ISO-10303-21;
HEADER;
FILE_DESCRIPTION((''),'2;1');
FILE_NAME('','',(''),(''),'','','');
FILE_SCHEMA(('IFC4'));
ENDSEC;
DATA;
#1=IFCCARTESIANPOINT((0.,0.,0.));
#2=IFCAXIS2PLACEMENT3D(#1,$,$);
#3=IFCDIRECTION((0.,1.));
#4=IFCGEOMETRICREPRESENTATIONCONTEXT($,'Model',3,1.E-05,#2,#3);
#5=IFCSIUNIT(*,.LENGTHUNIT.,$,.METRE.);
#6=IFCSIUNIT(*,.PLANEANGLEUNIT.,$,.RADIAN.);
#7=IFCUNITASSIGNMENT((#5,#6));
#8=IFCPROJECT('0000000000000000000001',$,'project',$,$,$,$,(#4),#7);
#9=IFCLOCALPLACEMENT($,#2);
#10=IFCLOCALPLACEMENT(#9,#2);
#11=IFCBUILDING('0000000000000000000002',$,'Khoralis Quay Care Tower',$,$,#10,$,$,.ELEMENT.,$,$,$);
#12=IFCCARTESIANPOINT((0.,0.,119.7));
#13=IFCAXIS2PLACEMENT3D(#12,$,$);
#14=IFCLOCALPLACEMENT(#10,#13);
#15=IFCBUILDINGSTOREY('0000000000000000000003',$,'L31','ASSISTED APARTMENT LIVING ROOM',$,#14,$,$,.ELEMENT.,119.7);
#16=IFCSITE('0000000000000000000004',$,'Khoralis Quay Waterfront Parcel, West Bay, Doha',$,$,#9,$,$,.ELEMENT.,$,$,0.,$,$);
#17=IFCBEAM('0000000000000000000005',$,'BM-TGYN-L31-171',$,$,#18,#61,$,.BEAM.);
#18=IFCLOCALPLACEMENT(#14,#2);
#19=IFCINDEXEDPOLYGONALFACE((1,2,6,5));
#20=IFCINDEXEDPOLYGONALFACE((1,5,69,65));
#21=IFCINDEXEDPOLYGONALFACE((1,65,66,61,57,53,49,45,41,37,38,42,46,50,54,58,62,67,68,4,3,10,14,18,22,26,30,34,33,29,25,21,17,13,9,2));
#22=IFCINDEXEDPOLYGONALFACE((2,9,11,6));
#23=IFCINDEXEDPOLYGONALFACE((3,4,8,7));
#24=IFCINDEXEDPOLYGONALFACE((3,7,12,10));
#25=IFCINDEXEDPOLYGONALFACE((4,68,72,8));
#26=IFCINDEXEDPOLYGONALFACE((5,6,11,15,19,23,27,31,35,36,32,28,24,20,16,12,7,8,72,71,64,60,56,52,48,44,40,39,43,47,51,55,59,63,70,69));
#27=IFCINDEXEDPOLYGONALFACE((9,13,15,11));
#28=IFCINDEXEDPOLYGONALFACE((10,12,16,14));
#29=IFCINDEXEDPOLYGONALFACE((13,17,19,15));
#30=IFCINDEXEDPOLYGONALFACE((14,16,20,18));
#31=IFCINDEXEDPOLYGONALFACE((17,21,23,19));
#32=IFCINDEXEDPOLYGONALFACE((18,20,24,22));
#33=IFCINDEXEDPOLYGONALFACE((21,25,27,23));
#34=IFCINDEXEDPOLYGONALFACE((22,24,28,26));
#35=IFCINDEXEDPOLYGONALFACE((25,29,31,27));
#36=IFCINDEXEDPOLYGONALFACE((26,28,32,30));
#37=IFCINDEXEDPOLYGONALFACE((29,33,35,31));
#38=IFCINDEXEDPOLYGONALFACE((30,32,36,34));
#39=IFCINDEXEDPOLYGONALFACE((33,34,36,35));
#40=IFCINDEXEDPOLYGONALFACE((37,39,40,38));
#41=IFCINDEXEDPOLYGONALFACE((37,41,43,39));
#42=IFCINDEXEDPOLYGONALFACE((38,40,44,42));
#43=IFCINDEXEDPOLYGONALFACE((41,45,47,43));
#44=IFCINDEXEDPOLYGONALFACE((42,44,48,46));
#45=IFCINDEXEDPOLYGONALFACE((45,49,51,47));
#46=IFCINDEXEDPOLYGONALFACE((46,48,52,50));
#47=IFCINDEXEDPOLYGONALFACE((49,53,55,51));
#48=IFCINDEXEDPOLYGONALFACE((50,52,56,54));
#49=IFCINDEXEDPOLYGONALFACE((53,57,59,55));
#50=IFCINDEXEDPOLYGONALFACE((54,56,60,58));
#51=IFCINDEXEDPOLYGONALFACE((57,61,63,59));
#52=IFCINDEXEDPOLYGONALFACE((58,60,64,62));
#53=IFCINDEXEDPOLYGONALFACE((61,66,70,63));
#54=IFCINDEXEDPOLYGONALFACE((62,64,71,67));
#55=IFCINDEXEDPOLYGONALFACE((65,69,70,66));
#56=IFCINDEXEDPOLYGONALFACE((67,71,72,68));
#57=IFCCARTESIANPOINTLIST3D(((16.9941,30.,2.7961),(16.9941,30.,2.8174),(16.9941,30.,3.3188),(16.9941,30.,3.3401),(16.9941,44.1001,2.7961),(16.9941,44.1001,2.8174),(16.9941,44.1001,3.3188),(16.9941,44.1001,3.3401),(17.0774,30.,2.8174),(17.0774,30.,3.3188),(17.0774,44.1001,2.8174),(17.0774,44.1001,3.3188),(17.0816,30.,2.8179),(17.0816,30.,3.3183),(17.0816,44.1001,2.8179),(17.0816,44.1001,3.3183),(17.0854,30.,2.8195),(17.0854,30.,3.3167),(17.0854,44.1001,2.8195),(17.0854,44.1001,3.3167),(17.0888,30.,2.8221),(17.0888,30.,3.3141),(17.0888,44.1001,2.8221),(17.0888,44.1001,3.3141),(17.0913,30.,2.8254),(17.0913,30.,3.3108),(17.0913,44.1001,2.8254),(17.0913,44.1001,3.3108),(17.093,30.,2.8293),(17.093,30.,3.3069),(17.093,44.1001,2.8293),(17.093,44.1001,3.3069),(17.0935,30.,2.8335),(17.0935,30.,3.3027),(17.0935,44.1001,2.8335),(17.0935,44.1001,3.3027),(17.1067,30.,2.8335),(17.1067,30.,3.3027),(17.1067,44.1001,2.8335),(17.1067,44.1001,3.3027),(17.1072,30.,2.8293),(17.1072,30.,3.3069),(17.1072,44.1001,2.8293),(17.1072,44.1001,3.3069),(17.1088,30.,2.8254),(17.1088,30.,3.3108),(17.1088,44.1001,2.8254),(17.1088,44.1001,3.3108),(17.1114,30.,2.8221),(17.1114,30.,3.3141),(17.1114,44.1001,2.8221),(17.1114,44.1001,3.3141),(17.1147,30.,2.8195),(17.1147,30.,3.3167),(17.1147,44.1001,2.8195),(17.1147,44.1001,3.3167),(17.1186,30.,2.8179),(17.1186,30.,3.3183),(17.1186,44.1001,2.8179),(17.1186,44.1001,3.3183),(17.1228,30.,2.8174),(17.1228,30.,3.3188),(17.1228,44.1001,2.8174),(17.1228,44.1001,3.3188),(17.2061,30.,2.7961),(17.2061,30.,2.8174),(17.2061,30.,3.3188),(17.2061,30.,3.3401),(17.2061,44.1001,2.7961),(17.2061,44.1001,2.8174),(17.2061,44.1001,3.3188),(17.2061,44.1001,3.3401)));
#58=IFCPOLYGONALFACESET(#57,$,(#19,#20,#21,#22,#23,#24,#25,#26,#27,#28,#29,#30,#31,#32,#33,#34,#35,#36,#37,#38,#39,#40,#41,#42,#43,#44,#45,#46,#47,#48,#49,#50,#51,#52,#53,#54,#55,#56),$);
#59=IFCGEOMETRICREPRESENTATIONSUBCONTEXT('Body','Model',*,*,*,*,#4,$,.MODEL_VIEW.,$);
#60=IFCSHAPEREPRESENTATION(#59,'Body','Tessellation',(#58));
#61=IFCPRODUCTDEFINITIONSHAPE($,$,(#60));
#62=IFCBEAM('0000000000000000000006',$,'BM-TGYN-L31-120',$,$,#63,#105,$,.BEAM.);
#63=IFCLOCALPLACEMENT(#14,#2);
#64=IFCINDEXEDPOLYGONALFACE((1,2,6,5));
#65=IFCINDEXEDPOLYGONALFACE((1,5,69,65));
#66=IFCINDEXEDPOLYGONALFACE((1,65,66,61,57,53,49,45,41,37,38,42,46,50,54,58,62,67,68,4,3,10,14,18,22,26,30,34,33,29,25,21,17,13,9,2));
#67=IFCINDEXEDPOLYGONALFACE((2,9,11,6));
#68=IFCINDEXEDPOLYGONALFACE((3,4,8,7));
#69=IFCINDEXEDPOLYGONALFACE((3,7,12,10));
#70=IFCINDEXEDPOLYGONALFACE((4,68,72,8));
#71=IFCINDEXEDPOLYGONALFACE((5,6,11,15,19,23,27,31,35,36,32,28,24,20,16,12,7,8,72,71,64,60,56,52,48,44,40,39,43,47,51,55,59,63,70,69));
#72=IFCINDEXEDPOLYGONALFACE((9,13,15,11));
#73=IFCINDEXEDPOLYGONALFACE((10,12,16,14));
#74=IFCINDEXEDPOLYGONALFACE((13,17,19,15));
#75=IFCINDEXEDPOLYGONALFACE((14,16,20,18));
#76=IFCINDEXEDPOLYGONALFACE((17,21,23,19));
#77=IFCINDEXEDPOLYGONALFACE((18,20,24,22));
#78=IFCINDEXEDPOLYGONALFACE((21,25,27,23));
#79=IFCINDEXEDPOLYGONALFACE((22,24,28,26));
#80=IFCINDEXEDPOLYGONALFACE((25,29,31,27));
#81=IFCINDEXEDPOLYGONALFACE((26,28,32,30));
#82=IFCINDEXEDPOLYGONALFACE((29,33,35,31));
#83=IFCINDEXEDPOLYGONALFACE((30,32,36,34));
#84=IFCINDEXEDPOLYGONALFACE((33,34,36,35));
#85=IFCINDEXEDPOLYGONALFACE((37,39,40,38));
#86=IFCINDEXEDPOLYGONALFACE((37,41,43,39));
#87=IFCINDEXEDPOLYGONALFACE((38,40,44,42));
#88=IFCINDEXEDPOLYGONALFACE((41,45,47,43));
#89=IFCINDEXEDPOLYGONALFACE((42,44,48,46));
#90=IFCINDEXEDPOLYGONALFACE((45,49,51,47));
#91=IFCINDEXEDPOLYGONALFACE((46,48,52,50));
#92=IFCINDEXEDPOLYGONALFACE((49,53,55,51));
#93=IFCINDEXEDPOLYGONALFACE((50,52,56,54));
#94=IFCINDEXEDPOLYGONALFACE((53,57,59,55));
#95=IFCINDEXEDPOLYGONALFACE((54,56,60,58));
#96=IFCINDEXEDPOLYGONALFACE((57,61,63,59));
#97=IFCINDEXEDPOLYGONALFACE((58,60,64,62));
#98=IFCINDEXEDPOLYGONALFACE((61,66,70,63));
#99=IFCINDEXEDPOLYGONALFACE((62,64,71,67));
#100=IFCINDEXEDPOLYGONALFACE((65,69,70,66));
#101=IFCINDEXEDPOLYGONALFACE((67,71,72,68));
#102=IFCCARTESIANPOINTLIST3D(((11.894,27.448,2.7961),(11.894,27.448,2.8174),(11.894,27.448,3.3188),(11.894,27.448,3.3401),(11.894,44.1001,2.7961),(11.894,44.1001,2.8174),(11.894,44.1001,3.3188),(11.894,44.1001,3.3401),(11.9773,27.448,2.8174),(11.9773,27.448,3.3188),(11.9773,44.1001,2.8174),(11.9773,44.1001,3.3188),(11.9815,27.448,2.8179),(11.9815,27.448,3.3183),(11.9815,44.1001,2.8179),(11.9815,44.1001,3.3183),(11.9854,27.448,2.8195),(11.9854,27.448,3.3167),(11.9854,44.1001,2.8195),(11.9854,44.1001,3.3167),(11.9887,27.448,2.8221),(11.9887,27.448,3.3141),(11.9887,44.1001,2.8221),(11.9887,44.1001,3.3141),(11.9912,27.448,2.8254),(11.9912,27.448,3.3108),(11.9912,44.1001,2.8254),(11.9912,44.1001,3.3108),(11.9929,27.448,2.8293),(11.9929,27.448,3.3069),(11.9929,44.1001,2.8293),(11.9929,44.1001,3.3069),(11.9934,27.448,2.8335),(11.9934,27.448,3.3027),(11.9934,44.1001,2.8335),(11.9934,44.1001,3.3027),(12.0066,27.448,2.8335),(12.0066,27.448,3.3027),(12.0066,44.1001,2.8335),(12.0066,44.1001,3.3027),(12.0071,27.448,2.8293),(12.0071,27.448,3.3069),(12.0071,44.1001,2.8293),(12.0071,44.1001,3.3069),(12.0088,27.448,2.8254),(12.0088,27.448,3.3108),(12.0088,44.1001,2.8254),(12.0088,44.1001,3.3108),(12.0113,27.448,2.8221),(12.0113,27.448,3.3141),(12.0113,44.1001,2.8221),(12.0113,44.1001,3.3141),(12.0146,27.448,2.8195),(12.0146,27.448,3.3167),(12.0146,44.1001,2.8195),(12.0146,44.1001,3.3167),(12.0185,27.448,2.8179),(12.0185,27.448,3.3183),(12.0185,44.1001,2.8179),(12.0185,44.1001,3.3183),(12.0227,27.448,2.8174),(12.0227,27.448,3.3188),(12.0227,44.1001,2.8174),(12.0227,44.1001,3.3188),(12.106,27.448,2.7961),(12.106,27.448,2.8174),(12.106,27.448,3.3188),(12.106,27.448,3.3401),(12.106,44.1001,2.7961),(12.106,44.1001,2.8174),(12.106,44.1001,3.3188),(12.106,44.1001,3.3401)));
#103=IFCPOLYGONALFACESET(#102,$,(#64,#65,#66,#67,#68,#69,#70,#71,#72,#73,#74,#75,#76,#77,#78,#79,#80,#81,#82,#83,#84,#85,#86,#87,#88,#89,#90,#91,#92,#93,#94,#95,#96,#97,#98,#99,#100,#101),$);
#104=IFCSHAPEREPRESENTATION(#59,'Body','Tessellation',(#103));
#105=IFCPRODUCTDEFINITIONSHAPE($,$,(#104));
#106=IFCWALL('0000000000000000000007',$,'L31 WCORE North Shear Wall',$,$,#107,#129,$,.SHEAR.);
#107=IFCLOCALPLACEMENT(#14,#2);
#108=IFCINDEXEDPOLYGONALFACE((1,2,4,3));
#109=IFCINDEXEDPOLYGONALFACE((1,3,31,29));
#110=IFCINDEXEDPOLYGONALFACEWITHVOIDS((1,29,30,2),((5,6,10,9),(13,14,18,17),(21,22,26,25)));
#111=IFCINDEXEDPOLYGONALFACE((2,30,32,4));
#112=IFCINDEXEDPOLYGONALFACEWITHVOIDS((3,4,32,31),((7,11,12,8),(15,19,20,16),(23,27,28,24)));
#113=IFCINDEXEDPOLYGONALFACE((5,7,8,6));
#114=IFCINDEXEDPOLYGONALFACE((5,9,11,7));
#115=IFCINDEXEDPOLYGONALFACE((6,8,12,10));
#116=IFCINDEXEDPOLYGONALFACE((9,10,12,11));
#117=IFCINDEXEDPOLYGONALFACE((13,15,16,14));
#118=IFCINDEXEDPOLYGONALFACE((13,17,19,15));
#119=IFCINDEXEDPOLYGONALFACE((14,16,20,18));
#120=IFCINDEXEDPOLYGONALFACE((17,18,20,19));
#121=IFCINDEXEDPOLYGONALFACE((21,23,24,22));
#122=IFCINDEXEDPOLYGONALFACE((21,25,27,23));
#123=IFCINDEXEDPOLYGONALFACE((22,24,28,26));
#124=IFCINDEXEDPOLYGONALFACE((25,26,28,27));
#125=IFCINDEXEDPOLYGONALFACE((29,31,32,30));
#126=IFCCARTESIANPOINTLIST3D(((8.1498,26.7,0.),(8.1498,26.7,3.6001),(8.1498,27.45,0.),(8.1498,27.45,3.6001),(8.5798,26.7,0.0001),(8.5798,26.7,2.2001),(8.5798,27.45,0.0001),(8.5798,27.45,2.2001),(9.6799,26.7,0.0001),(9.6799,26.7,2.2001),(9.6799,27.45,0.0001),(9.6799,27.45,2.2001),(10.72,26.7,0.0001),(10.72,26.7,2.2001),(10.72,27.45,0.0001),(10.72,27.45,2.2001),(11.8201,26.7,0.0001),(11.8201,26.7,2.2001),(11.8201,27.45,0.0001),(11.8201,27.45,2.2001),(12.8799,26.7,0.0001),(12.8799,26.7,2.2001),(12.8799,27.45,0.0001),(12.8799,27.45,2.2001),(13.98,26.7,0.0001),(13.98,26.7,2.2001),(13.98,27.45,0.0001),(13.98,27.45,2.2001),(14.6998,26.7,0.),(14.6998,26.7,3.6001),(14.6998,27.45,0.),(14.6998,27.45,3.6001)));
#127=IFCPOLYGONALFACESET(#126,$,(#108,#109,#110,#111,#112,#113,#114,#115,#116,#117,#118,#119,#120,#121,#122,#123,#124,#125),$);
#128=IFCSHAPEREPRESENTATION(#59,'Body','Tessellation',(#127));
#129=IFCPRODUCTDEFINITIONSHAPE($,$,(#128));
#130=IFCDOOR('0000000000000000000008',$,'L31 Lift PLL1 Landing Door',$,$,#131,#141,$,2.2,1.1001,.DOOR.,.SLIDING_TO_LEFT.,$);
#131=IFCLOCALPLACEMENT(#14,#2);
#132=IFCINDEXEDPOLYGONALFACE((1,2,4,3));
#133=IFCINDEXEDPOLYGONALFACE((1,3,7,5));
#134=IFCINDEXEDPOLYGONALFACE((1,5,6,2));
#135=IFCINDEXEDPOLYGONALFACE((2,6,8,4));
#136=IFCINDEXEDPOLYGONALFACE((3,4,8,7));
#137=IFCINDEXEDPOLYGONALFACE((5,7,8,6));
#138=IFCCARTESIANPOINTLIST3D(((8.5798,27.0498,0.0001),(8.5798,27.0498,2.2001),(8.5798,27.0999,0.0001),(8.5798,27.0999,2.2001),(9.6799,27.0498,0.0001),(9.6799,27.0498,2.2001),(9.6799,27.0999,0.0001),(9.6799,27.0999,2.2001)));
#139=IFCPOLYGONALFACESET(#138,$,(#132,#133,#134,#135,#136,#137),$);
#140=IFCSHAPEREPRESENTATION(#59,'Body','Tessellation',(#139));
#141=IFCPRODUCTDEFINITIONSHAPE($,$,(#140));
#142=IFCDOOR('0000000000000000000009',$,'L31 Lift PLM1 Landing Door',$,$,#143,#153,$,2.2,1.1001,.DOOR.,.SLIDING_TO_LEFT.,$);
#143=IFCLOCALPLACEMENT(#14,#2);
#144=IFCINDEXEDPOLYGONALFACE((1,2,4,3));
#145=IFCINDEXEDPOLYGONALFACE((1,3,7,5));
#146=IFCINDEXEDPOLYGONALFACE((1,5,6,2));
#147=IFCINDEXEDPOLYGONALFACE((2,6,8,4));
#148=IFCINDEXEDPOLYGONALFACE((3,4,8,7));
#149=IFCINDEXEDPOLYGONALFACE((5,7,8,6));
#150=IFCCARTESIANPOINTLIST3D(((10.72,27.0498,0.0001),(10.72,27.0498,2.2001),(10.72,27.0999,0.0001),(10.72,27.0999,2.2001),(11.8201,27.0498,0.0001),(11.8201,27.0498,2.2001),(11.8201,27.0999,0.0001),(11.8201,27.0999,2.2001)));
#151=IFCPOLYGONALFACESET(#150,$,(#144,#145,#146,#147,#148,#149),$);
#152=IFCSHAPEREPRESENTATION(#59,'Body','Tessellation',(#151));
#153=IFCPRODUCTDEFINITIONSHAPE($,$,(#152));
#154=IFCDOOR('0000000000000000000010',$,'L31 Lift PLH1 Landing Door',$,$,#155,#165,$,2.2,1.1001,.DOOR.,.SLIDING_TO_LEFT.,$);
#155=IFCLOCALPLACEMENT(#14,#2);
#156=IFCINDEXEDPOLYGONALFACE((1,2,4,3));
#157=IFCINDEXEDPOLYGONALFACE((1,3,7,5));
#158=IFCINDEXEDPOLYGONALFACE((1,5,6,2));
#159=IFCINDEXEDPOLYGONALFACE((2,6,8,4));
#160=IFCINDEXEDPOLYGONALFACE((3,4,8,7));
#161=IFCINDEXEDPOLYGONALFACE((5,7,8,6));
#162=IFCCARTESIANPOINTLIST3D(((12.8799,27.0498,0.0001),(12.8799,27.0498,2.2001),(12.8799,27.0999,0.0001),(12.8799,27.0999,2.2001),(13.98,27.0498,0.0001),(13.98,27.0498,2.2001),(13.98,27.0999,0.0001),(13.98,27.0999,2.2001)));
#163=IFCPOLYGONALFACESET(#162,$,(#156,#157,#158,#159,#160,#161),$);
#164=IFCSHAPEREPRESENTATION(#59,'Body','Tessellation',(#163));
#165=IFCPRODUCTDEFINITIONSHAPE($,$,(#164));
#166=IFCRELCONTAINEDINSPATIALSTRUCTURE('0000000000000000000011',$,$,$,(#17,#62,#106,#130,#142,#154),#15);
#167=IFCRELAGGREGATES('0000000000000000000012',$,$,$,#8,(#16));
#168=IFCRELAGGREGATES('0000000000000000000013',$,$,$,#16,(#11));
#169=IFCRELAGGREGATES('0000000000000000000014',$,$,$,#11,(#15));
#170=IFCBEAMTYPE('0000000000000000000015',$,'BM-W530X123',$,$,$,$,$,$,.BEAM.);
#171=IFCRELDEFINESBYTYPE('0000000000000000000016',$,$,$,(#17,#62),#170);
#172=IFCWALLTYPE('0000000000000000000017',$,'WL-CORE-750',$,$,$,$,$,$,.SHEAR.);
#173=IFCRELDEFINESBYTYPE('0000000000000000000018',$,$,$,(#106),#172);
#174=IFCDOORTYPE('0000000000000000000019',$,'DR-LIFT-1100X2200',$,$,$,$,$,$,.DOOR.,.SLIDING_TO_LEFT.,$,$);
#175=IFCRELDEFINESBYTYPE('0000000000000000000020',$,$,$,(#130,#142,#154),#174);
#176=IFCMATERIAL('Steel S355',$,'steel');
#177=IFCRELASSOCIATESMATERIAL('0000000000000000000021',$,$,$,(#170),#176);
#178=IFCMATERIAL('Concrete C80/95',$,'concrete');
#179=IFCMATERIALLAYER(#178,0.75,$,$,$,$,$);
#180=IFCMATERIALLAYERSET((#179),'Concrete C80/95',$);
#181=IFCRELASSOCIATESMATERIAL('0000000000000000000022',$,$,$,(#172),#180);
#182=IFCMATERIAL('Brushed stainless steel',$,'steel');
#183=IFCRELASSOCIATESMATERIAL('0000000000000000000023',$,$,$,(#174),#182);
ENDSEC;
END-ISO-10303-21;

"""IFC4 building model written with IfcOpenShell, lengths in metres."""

from ifc_helpers import new_model, si_unit, direction, frame, frame_2d, origin, origin_2d, place, context, subcontext, project, spatial, rectangle, i_section, extrude, source, transform, mapped, material, layer, layer_set, material_profile, profile_set, type_object, element, fill, save


model = new_model("IFC4")

# Units and contexts
model_context = context("Model", 3, precision=1e-05, world=origin(), true_north=direction((0.0, 1.0)))
body_context = subcontext(model_context, "Body", "Model", "MODEL_VIEW")
ifc_project = project(units=[si_unit("LENGTHUNIT", "METRE"), si_unit("PLANEANGLEUNIT", "RADIAN")], contexts=[model_context])

# Site, building, storey
site_placement = place(None, origin())
site = spatial("IfcSite", under=ifc_project, at=site_placement, Name="Khoralis Quay Waterfront Parcel, West Bay, Doha", CompositionType="ELEMENT", RefElevation=0.0)
building_placement = place(site_placement, origin())
building = spatial("IfcBuilding", under=site, at=building_placement, Name="Khoralis Quay Care Tower", CompositionType="ELEMENT")
storey_placement = place(building_placement, frame((0.0, 0.0, 119.7)))
storey = spatial("IfcBuildingStorey", under=building, at=storey_placement, Name="L31", Description="ASSISTED APARTMENT LIVING ROOM", CompositionType="ELEMENT", Elevation=119.7)

# Beams
ifc_material_1 = material(Name="Steel S355", Category="steel")
ifc_material_profile_1 = material_profile(ifc_material_1, i_section(OverallWidth=0.2119, OverallDepth=0.5439, WebThickness=0.0132, FlangeThickness=0.0212, FilletRadius=0.0161, at=origin_2d()), Name="Steel S355")
ifc_profile_set_1 = profile_set([ifc_material_profile_1], Name="Steel S355")
beam_type_1 = type_object("IfcBeamType", Name="BM-W530X123", PredefinedType="BEAM", material=ifc_profile_set_1)
shared_shape_1 = source(origin(), body_context, "Body", "SweptSolid", [
    extrude(i_section(OverallWidth=0.2119, OverallDepth=0.5439, WebThickness=0.0132, FlangeThickness=0.0212, FilletRadius=0.0161, at=origin_2d()), origin(), (0.0, 0.0, 1.0), 14.1001),
])
for number, where, z_axis, x_axis, name in (
    (1, (17.1001, 30.0, 3.0681), (0.0, 1.0, 0.0), (-1.0, 0.0, 0.0), "BM-TGYN-L31-171"),
):
    element("IfcBeam", number, at=place(storey_placement, frame(where, z_axis=z_axis, x_axis=x_axis)), inside=storey, type_object=beam_type_1, Name=name, PredefinedType="BEAM", context=body_context, shape_type="MappedRepresentation", body=[
        mapped(shared_shape_1, transform((0.0, 0.0, 0.0), scale=1.0)),
    ])
shared_shape_2 = source(origin(), body_context, "Body", "SweptSolid", [
    extrude(i_section(OverallWidth=0.2119, OverallDepth=0.5439, WebThickness=0.0132, FlangeThickness=0.0212, FilletRadius=0.0161, at=origin_2d()), origin(), (0.0, 0.0, 1.0), 16.6521),
])
beam_1_placement = place(storey_placement, frame((12.0, 27.448, 3.0681), z_axis=(0.0, 1.0, 0.0), x_axis=(-1.0, 0.0, 0.0)))
element("IfcBeam", 2, at=beam_1_placement, inside=storey, type_object=beam_type_1, Name="BM-TGYN-L31-120", PredefinedType="BEAM", context=body_context, shape_type="MappedRepresentation", body=[
    mapped(shared_shape_2, transform((0.0, 0.0, 0.0), scale=1.0)),
])

# Wall, openings, doors
ifc_material_2 = material(Name="Concrete C80/95", Category="concrete")
ifc_layer_1 = layer(ifc_material_2, 0.75)
ifc_layer_set_1 = layer_set([ifc_layer_1], Name="Concrete C80/95")
wall_type_1 = type_object("IfcWallType", Name="WL-CORE-750", PredefinedType="SHEAR", material=ifc_layer_set_1)
wall_1_placement = place(storey_placement, frame((8.1499, 27.075, 0.0), z_axis=(0.0, 0.0, 1.0), x_axis=(1.0, 0.0, 0.0)))
wall_1 = element("IfcWall", 3, at=wall_1_placement, inside=storey, type_object=wall_type_1, Name="L31 WCORE North Shear Wall", PredefinedType="SHEAR", context=body_context, shape_type="SweptSolid", body=[
    extrude(rectangle(XDim=6.55, YDim=0.75, at=frame_2d((3.2749, 0.0))), origin(), (0.0, 0.0, 1.0), 3.6001),
])
opening_1_placement = place(wall_1_placement, frame((0.4299, 0.0, 0.0)))
opening_1 = element("IfcOpeningElement", 4, at=opening_1_placement, cuts=wall_1, PredefinedType="OPENING", context=body_context, shape_type="SweptSolid", body=[
    extrude(rectangle(XDim=1.1001, YDim=2.2, at=frame_2d((0.55, 1.1001))), frame((0.0, 0.385, 0.0), z_axis=(0.0, -1.0, 0.0), x_axis=(1.0, 0.0, 0.0)), (0.0, 0.0, 1.0), 0.77),
])
opening_2_placement = place(wall_1_placement, frame((2.5701, 0.0, 0.0)))
opening_2 = element("IfcOpeningElement", 5, at=opening_2_placement, cuts=wall_1, PredefinedType="OPENING", context=body_context, shape_type="SweptSolid", body=[
    extrude(rectangle(XDim=1.1001, YDim=2.2, at=frame_2d((0.55, 1.1001))), frame((0.0, 0.385, 0.0), z_axis=(0.0, -1.0, 0.0), x_axis=(1.0, 0.0, 0.0)), (0.0, 0.0, 1.0), 0.77),
])
opening_3_placement = place(wall_1_placement, frame((4.73, 0.0, 0.0)))
opening_3 = element("IfcOpeningElement", 6, at=opening_3_placement, cuts=wall_1, PredefinedType="OPENING", context=body_context, shape_type="SweptSolid", body=[
    extrude(rectangle(XDim=1.1001, YDim=2.2, at=frame_2d((0.55, 1.1001))), frame((0.0, 0.385, 0.0), z_axis=(0.0, -1.0, 0.0), x_axis=(1.0, 0.0, 0.0)), (0.0, 0.0, 1.0), 0.77),
])
ifc_material_3 = material(Name="Brushed stainless steel", Category="steel")
door_type_1 = type_object("IfcDoorType", Name="DR-LIFT-1100X2200", OperationType="SLIDING_TO_LEFT", PredefinedType="DOOR", material=ifc_material_3)
shared_shape_3 = source(origin(), body_context, "Body", "SweptSolid", [
    extrude(rectangle(XDim=1.1001, YDim=2.2, at=frame_2d((0.55, 1.1001))), frame((0.0, 0.0249, 0.0), z_axis=(0.0, -1.0, 0.0), x_axis=(1.0, 0.0, 0.0)), (0.0, 0.0, 1.0), 0.05),
])
door_1_placement = place(opening_1_placement, origin())
door_1 = element("IfcDoor", 7, at=door_1_placement, inside=storey, type_object=door_type_1, Name="L31 Lift PLL1 Landing Door", OperationType="SLIDING_TO_LEFT", OverallHeight=2.2, OverallWidth=1.1001, PredefinedType="DOOR", context=body_context, shape_type="MappedRepresentation", body=[
    mapped(shared_shape_3, transform((0.0, 0.0, 0.0), scale=1.0)),
])
fill(opening_1, door_1)
door_2_placement = place(opening_2_placement, origin())
door_2 = element("IfcDoor", 8, at=door_2_placement, inside=storey, type_object=door_type_1, Name="L31 Lift PLM1 Landing Door", OperationType="SLIDING_TO_LEFT", OverallHeight=2.2, OverallWidth=1.1001, PredefinedType="DOOR", context=body_context, shape_type="MappedRepresentation", body=[
    mapped(shared_shape_3, transform((0.0, 0.0, 0.0), scale=1.0)),
])
fill(opening_2, door_2)
door_3_placement = place(opening_3_placement, origin())
door_3 = element("IfcDoor", 9, at=door_3_placement, inside=storey, type_object=door_type_1, Name="L31 Lift PLH1 Landing Door", OperationType="SLIDING_TO_LEFT", OverallHeight=2.2, OverallWidth=1.1001, PredefinedType="DOOR", context=body_context, shape_type="MappedRepresentation", body=[
    mapped(shared_shape_3, transform((0.0, 0.0, 0.0), scale=1.0)),
])
fill(opening_3, door_3)

save(model, "model.ifc")
